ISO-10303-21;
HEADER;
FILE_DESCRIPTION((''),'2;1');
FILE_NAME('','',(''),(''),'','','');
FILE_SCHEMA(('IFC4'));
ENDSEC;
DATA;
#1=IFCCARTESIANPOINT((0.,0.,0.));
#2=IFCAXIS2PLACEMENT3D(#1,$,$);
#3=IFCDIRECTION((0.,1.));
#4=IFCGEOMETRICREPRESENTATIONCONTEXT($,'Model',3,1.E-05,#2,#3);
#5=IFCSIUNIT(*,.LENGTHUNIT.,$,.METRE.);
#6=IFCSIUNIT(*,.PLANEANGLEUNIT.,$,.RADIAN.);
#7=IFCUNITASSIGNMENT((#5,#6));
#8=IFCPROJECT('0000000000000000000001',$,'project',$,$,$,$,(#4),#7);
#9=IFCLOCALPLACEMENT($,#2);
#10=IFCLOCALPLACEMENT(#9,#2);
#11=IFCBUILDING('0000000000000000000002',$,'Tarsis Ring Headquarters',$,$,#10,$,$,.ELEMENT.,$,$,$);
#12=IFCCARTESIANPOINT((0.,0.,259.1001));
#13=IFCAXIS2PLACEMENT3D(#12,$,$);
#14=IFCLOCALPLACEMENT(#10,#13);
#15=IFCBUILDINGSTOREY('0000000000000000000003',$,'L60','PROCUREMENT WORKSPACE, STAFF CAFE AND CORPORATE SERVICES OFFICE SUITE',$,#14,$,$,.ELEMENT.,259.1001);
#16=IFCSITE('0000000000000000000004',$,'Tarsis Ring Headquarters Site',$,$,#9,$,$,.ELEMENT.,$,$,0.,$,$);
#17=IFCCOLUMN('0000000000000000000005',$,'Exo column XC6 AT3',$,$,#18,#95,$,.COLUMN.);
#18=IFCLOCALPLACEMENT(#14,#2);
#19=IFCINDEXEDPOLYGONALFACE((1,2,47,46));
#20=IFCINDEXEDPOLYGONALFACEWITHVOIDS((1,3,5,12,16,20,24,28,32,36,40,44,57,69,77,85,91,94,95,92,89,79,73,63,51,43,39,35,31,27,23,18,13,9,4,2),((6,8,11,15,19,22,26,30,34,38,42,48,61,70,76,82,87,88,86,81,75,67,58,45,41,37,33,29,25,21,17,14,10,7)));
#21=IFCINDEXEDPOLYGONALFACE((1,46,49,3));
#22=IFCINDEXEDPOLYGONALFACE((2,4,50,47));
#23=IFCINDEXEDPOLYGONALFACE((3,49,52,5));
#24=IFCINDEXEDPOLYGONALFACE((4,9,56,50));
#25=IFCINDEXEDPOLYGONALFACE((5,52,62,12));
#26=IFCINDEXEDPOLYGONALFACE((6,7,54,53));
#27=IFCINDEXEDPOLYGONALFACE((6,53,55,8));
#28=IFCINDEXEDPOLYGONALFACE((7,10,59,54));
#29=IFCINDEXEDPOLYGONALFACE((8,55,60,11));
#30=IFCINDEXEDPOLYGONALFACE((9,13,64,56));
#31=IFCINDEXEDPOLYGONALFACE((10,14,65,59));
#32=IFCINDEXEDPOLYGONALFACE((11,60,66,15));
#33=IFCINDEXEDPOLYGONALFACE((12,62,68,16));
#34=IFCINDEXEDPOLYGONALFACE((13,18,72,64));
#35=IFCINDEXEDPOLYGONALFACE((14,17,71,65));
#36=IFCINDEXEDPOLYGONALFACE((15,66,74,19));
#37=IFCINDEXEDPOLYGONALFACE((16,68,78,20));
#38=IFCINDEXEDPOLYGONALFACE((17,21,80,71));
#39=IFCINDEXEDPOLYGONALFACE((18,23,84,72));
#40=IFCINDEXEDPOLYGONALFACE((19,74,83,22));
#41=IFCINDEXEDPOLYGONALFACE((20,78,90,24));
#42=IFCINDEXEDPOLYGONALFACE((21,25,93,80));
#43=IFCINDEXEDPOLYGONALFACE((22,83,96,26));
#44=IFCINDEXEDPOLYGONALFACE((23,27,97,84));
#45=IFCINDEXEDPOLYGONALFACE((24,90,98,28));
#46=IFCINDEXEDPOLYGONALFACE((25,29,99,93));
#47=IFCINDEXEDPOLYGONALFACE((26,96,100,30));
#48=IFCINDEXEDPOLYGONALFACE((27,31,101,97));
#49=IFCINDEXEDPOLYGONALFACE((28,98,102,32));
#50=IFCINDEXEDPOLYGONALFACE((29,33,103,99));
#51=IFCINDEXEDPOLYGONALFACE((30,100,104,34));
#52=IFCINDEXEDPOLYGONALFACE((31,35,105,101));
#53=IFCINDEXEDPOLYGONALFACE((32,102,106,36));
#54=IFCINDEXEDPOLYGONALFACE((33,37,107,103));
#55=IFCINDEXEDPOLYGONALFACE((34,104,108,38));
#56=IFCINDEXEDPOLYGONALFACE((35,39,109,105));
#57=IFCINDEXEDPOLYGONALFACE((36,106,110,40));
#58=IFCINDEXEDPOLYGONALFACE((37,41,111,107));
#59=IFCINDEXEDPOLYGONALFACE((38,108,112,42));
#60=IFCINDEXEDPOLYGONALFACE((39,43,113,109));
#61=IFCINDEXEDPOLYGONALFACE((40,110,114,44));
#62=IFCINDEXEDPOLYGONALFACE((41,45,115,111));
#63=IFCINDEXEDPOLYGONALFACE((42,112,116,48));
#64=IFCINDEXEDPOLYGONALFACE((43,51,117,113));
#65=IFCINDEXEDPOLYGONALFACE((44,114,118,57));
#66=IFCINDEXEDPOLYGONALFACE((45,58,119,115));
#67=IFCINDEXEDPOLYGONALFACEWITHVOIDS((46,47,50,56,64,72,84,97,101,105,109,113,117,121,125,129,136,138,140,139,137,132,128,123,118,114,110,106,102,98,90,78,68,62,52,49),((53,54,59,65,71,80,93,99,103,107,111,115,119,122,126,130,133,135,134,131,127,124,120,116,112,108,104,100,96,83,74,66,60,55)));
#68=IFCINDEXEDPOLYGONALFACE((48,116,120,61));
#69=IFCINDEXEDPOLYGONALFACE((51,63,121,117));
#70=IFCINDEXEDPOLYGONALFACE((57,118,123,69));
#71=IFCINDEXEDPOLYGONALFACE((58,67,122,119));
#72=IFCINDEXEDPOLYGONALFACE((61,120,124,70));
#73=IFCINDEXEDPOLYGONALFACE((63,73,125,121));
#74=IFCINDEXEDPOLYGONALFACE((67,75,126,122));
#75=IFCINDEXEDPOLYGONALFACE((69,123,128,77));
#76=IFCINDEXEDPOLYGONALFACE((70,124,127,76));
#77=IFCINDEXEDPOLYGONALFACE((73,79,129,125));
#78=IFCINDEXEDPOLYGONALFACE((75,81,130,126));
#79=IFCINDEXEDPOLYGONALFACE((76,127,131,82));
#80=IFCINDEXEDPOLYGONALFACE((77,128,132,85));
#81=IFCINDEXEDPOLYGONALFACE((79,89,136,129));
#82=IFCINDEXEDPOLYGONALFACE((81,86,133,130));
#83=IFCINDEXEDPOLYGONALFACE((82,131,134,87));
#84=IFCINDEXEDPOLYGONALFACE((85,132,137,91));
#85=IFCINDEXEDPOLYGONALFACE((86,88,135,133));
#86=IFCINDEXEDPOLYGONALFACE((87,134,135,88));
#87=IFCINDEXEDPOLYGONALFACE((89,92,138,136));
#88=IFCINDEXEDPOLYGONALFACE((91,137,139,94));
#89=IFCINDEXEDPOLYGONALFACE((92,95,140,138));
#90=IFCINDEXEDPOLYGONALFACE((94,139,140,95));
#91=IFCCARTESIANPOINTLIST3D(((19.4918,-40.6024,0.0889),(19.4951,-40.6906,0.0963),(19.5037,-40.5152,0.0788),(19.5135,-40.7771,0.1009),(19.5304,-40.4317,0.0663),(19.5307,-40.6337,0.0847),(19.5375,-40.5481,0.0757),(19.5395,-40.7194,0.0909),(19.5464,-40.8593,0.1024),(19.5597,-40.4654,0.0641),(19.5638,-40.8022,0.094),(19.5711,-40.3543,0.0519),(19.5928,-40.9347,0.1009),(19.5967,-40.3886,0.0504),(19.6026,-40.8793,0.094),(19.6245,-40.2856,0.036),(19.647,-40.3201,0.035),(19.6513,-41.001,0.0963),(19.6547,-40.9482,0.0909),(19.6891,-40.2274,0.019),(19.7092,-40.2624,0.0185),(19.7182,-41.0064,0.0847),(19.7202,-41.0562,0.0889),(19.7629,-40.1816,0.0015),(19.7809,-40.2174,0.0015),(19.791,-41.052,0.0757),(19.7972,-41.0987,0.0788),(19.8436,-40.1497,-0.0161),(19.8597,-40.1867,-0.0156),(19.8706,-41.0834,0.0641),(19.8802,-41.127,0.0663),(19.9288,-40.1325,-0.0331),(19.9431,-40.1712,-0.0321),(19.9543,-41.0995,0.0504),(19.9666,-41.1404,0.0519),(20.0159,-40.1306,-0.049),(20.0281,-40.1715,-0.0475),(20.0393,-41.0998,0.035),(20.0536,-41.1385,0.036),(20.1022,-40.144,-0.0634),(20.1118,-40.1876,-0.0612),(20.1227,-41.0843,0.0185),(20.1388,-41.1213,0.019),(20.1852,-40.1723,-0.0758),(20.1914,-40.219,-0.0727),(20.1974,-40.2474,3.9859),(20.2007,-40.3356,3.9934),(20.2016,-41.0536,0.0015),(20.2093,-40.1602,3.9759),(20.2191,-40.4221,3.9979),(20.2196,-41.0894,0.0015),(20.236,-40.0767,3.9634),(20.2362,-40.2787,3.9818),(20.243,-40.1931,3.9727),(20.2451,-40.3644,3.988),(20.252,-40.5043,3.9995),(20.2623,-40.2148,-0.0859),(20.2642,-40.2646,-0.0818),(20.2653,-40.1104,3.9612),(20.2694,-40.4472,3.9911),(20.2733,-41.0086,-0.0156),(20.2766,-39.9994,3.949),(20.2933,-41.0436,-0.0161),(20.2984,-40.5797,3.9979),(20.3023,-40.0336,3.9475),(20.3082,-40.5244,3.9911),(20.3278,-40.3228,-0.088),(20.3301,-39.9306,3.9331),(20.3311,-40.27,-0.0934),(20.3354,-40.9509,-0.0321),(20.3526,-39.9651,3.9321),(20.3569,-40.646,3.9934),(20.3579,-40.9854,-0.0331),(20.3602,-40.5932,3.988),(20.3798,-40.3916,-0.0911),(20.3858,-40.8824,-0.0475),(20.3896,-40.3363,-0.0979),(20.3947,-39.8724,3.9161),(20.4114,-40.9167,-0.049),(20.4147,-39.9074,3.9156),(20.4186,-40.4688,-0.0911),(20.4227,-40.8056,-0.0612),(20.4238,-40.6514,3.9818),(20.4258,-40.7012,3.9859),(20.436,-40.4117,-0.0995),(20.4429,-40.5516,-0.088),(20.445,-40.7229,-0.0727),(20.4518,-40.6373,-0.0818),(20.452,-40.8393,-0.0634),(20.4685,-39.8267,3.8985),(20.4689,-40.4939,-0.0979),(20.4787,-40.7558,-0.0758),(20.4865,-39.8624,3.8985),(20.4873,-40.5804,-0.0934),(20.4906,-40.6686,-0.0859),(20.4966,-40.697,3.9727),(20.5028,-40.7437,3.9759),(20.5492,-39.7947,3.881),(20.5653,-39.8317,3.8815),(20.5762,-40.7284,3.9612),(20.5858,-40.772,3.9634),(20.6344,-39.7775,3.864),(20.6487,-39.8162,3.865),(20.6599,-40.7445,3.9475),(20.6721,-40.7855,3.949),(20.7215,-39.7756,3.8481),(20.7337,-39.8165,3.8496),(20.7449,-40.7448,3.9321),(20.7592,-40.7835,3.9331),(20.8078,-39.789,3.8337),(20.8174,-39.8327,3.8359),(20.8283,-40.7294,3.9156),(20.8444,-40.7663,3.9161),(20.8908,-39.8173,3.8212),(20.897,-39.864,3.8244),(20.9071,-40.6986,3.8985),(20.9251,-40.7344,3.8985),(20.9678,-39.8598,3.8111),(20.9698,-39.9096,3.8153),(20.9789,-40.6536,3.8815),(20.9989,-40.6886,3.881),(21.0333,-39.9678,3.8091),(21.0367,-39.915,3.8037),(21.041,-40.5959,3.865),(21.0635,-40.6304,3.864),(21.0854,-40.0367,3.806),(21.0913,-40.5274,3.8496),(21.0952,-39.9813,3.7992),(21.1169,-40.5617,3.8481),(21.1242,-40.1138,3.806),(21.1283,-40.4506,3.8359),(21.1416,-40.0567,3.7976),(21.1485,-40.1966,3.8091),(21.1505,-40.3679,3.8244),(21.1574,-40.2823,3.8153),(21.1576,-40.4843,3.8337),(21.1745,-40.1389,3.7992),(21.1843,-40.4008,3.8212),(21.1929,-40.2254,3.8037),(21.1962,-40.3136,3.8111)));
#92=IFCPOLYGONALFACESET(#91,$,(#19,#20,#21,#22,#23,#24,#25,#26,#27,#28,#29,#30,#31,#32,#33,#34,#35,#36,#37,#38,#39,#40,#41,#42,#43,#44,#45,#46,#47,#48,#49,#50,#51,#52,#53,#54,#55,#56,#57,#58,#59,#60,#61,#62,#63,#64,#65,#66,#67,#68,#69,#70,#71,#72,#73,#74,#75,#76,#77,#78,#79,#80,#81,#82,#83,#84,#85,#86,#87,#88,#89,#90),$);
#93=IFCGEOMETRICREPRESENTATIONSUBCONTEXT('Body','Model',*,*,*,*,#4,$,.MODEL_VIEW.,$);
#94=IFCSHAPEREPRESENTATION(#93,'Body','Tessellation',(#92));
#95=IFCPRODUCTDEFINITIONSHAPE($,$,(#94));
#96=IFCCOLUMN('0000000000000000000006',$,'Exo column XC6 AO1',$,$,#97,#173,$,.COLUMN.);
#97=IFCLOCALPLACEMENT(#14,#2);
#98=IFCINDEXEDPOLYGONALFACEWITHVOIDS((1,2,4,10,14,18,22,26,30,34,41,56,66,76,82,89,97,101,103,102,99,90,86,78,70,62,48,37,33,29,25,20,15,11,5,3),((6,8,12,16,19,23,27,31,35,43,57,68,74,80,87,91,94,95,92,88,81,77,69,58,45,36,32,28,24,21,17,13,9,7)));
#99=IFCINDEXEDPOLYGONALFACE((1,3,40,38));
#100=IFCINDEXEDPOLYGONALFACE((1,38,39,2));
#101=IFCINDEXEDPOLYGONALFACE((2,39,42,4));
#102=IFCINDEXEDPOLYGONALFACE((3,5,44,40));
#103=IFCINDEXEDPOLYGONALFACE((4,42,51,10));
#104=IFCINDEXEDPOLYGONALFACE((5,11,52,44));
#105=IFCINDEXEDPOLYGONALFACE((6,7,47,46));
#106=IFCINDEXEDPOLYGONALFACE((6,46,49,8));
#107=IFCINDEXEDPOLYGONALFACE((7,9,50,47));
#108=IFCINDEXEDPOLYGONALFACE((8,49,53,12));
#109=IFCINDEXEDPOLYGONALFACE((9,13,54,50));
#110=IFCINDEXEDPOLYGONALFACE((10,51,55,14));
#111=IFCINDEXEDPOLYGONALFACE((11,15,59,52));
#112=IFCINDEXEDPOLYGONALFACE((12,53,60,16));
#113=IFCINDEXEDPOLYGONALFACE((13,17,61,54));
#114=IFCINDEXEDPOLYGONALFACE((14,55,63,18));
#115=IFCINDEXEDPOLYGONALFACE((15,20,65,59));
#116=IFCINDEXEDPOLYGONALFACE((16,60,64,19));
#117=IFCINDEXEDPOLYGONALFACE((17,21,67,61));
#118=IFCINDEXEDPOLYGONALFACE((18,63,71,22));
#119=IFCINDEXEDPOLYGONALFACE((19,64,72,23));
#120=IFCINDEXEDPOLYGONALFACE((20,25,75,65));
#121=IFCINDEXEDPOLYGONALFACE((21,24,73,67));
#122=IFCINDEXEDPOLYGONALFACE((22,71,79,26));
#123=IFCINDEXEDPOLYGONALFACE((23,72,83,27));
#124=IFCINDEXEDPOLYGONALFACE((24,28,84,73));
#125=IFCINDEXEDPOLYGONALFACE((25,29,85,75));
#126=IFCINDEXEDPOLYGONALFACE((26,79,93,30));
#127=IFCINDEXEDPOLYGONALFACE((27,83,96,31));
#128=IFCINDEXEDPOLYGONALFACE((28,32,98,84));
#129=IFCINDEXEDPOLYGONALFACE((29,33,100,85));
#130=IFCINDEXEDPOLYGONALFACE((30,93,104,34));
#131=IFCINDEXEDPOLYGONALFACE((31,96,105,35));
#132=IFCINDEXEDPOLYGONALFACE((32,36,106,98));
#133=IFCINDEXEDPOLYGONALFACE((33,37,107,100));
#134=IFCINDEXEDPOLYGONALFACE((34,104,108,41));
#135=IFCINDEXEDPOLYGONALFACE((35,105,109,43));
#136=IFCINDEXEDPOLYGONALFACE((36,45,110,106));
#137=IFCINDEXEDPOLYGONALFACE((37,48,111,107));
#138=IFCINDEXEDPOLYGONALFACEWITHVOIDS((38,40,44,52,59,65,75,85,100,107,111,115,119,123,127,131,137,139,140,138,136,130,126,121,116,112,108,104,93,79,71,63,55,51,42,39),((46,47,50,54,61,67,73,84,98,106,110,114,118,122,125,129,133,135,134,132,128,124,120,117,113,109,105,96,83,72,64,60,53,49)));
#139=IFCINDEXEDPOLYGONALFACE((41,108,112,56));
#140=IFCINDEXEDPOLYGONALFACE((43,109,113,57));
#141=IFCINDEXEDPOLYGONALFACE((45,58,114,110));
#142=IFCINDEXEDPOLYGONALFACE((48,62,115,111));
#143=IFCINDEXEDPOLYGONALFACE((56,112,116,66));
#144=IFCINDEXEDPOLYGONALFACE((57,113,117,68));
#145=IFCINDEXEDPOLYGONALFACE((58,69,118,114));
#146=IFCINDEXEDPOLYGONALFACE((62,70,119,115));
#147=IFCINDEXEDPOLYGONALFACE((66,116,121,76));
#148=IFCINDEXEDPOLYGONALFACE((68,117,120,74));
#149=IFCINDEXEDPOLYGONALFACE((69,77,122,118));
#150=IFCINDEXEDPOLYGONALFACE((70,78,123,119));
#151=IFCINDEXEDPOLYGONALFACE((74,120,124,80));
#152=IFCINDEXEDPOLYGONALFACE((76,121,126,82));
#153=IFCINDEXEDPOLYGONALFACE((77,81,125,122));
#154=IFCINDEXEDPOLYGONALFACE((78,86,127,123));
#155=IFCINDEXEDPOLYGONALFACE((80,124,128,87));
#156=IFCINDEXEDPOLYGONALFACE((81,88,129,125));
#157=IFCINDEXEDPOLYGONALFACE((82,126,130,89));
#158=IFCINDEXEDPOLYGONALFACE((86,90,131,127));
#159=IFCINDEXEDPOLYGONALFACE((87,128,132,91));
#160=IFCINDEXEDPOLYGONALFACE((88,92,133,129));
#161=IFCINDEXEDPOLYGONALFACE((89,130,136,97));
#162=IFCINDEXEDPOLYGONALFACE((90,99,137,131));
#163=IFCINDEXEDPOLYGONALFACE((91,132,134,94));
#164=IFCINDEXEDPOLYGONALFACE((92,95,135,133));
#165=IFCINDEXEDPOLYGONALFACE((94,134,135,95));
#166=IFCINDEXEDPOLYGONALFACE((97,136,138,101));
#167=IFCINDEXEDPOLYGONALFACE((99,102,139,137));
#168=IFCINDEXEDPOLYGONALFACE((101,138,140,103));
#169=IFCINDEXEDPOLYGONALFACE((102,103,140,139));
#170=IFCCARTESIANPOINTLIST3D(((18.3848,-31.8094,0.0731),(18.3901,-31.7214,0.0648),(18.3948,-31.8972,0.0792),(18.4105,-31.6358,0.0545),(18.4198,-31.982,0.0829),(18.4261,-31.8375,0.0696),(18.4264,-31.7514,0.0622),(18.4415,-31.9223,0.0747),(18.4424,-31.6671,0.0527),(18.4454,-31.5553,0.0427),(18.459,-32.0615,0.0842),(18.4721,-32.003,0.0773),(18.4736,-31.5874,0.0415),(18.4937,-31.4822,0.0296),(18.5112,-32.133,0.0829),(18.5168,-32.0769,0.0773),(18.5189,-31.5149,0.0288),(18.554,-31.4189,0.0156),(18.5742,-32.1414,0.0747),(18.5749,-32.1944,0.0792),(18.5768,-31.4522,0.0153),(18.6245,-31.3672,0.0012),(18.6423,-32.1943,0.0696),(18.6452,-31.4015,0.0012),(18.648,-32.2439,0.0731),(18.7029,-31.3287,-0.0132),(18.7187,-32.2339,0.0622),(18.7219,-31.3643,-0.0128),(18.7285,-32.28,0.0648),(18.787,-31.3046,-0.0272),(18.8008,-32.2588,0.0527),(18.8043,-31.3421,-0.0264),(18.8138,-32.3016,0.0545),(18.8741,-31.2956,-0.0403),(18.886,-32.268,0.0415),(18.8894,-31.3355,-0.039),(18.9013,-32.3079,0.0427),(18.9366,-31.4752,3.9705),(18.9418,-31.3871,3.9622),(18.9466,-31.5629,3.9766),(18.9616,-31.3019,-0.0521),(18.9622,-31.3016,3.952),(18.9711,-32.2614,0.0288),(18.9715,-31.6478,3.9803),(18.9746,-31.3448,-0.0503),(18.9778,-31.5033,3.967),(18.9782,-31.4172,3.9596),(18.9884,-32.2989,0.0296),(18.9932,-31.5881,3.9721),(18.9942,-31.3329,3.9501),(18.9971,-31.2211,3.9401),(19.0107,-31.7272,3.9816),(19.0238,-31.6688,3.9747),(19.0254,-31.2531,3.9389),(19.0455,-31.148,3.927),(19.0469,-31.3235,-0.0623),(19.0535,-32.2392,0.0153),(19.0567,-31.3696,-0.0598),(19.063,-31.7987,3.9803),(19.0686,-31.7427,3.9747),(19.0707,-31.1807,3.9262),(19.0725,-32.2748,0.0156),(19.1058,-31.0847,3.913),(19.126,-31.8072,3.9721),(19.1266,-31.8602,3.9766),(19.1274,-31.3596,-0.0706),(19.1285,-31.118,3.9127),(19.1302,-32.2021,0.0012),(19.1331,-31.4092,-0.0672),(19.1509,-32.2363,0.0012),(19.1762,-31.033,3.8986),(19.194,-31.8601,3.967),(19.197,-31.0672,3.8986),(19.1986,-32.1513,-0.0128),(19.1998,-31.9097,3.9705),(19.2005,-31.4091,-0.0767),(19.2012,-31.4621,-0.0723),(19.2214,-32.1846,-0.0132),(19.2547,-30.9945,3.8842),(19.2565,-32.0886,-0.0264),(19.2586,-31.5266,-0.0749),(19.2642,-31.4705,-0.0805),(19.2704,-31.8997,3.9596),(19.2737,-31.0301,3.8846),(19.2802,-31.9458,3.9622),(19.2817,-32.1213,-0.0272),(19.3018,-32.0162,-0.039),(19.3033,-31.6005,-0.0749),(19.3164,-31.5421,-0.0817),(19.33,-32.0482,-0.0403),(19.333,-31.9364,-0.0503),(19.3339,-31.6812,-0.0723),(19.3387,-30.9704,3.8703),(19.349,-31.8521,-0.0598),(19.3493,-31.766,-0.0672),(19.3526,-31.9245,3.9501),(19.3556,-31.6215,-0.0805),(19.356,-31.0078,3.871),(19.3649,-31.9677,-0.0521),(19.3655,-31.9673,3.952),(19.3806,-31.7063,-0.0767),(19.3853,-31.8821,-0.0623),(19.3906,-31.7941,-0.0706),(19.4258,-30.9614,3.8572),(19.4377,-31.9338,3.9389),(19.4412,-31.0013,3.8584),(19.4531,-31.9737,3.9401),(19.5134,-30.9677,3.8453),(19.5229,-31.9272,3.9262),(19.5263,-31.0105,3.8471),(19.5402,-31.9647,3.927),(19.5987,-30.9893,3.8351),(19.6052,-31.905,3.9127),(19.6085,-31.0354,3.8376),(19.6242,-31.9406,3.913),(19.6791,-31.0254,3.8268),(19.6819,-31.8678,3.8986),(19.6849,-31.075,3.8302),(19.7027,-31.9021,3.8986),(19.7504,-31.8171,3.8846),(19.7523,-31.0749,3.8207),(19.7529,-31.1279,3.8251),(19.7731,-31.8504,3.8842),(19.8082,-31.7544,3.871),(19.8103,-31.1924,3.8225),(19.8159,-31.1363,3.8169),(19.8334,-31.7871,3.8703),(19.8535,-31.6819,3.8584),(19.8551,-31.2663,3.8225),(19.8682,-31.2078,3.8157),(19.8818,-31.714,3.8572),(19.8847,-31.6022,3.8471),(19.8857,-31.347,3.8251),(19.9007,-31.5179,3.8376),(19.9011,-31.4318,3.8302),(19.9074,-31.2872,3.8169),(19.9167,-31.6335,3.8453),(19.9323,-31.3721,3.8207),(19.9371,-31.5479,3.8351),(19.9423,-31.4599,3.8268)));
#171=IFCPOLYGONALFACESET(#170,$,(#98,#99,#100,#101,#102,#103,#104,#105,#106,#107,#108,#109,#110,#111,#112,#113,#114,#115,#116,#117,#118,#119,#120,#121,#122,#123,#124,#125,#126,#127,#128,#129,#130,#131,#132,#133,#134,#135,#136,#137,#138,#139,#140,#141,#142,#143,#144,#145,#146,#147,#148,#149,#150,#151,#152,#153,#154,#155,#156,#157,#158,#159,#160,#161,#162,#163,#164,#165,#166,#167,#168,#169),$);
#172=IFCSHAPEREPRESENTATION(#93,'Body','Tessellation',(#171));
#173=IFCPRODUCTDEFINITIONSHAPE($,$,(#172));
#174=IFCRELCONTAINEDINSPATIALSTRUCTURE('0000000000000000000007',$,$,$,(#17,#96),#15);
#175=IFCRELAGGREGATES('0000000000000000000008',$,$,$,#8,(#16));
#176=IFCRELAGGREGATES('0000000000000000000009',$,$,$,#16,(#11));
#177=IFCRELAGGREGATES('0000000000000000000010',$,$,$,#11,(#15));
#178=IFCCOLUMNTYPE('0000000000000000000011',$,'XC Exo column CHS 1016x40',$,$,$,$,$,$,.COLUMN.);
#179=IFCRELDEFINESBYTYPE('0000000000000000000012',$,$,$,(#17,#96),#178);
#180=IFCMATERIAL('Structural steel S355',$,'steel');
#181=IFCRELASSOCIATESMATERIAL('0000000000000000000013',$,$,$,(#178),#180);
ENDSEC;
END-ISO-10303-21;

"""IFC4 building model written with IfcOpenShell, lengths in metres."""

from ifc_helpers import new_model, si_unit, direction, frame, origin, origin_2d, place, context, subcontext, project, spatial, hollow_circle, extrude, material, material_profile, profile_set, type_object, element, save


model = new_model("IFC4")

# Units and contexts
model_context = context("Model", 3, precision=1e-05, world=origin(), true_north=direction((0.0, 1.0)))
body_context = subcontext(model_context, "Body", "Model", "MODEL_VIEW")
ifc_project = project(units=[si_unit("LENGTHUNIT", "METRE"), si_unit("PLANEANGLEUNIT", "RADIAN")], contexts=[model_context])

# Site, building, storey
site_placement = place(None, origin())
site = spatial("IfcSite", under=ifc_project, at=site_placement, Name="Tarsis Ring Headquarters Site", CompositionType="ELEMENT", RefElevation=0.0)
building_placement = place(site_placement, origin())
building = spatial("IfcBuilding", under=site, at=building_placement, Name="Tarsis Ring Headquarters", CompositionType="ELEMENT")
storey_placement = place(building_placement, frame((0.0, 0.0, 259.1001)))
storey = spatial("IfcBuildingStorey", under=building, at=storey_placement, Name="L60", Description="PROCUREMENT WORKSPACE, STAFF CAFE AND CORPORATE SERVICES OFFICE SUITE", CompositionType="ELEMENT", Elevation=259.1001)

# Columns
ifc_material_1 = material(Name="Structural steel S355", Category="steel")
ifc_material_profile_1 = material_profile(ifc_material_1, hollow_circle(Radius=0.5081, WallThickness=0.04, at=origin_2d()), Name="CHS 1016x40")
ifc_profile_set_1 = profile_set([ifc_material_profile_1], Name="Structural steel S355")
column_type = type_object("IfcColumnType", Name="XC Exo column CHS 1016x40", PredefinedType="COLUMN", material=ifc_profile_set_1)
column_1_placement = place(storey_placement, frame((19.9912, -40.6355, 0.0015), z_axis=(0.177447, 0.089276, 0.980073), x_axis=(-0.449438, 0.893312, 0.0)))
element("IfcColumn", 1, at=column_1_placement, inside=storey, type_object=column_type, Name="Exo column XC6 AT3", PredefinedType="COLUMN", context=body_context, shape_type="SweptSolid", body=[
    extrude(hollow_circle(Radius=0.5081, WallThickness=0.04, at=origin_2d()), origin(), (0.0, 0.0, 1.0), 3.9763),
])
column_2_placement = place(storey_placement, frame((18.8877, -31.8018, 0.0012), z_axis=(0.139668, 0.084604, 0.986577), x_axis=(-0.518109, 0.855315, 0.0)))
element("IfcColumn", 2, at=column_2_placement, inside=storey, type_object=column_type, Name="Exo column XC6 AO1", PredefinedType="COLUMN", context=body_context, shape_type="SweptSolid", body=[
    extrude(hollow_circle(Radius=0.5081, WallThickness=0.04, at=origin_2d()), origin(), (0.0, 0.0, 1.0), 3.9504),
])

save(model, "model.ifc")
